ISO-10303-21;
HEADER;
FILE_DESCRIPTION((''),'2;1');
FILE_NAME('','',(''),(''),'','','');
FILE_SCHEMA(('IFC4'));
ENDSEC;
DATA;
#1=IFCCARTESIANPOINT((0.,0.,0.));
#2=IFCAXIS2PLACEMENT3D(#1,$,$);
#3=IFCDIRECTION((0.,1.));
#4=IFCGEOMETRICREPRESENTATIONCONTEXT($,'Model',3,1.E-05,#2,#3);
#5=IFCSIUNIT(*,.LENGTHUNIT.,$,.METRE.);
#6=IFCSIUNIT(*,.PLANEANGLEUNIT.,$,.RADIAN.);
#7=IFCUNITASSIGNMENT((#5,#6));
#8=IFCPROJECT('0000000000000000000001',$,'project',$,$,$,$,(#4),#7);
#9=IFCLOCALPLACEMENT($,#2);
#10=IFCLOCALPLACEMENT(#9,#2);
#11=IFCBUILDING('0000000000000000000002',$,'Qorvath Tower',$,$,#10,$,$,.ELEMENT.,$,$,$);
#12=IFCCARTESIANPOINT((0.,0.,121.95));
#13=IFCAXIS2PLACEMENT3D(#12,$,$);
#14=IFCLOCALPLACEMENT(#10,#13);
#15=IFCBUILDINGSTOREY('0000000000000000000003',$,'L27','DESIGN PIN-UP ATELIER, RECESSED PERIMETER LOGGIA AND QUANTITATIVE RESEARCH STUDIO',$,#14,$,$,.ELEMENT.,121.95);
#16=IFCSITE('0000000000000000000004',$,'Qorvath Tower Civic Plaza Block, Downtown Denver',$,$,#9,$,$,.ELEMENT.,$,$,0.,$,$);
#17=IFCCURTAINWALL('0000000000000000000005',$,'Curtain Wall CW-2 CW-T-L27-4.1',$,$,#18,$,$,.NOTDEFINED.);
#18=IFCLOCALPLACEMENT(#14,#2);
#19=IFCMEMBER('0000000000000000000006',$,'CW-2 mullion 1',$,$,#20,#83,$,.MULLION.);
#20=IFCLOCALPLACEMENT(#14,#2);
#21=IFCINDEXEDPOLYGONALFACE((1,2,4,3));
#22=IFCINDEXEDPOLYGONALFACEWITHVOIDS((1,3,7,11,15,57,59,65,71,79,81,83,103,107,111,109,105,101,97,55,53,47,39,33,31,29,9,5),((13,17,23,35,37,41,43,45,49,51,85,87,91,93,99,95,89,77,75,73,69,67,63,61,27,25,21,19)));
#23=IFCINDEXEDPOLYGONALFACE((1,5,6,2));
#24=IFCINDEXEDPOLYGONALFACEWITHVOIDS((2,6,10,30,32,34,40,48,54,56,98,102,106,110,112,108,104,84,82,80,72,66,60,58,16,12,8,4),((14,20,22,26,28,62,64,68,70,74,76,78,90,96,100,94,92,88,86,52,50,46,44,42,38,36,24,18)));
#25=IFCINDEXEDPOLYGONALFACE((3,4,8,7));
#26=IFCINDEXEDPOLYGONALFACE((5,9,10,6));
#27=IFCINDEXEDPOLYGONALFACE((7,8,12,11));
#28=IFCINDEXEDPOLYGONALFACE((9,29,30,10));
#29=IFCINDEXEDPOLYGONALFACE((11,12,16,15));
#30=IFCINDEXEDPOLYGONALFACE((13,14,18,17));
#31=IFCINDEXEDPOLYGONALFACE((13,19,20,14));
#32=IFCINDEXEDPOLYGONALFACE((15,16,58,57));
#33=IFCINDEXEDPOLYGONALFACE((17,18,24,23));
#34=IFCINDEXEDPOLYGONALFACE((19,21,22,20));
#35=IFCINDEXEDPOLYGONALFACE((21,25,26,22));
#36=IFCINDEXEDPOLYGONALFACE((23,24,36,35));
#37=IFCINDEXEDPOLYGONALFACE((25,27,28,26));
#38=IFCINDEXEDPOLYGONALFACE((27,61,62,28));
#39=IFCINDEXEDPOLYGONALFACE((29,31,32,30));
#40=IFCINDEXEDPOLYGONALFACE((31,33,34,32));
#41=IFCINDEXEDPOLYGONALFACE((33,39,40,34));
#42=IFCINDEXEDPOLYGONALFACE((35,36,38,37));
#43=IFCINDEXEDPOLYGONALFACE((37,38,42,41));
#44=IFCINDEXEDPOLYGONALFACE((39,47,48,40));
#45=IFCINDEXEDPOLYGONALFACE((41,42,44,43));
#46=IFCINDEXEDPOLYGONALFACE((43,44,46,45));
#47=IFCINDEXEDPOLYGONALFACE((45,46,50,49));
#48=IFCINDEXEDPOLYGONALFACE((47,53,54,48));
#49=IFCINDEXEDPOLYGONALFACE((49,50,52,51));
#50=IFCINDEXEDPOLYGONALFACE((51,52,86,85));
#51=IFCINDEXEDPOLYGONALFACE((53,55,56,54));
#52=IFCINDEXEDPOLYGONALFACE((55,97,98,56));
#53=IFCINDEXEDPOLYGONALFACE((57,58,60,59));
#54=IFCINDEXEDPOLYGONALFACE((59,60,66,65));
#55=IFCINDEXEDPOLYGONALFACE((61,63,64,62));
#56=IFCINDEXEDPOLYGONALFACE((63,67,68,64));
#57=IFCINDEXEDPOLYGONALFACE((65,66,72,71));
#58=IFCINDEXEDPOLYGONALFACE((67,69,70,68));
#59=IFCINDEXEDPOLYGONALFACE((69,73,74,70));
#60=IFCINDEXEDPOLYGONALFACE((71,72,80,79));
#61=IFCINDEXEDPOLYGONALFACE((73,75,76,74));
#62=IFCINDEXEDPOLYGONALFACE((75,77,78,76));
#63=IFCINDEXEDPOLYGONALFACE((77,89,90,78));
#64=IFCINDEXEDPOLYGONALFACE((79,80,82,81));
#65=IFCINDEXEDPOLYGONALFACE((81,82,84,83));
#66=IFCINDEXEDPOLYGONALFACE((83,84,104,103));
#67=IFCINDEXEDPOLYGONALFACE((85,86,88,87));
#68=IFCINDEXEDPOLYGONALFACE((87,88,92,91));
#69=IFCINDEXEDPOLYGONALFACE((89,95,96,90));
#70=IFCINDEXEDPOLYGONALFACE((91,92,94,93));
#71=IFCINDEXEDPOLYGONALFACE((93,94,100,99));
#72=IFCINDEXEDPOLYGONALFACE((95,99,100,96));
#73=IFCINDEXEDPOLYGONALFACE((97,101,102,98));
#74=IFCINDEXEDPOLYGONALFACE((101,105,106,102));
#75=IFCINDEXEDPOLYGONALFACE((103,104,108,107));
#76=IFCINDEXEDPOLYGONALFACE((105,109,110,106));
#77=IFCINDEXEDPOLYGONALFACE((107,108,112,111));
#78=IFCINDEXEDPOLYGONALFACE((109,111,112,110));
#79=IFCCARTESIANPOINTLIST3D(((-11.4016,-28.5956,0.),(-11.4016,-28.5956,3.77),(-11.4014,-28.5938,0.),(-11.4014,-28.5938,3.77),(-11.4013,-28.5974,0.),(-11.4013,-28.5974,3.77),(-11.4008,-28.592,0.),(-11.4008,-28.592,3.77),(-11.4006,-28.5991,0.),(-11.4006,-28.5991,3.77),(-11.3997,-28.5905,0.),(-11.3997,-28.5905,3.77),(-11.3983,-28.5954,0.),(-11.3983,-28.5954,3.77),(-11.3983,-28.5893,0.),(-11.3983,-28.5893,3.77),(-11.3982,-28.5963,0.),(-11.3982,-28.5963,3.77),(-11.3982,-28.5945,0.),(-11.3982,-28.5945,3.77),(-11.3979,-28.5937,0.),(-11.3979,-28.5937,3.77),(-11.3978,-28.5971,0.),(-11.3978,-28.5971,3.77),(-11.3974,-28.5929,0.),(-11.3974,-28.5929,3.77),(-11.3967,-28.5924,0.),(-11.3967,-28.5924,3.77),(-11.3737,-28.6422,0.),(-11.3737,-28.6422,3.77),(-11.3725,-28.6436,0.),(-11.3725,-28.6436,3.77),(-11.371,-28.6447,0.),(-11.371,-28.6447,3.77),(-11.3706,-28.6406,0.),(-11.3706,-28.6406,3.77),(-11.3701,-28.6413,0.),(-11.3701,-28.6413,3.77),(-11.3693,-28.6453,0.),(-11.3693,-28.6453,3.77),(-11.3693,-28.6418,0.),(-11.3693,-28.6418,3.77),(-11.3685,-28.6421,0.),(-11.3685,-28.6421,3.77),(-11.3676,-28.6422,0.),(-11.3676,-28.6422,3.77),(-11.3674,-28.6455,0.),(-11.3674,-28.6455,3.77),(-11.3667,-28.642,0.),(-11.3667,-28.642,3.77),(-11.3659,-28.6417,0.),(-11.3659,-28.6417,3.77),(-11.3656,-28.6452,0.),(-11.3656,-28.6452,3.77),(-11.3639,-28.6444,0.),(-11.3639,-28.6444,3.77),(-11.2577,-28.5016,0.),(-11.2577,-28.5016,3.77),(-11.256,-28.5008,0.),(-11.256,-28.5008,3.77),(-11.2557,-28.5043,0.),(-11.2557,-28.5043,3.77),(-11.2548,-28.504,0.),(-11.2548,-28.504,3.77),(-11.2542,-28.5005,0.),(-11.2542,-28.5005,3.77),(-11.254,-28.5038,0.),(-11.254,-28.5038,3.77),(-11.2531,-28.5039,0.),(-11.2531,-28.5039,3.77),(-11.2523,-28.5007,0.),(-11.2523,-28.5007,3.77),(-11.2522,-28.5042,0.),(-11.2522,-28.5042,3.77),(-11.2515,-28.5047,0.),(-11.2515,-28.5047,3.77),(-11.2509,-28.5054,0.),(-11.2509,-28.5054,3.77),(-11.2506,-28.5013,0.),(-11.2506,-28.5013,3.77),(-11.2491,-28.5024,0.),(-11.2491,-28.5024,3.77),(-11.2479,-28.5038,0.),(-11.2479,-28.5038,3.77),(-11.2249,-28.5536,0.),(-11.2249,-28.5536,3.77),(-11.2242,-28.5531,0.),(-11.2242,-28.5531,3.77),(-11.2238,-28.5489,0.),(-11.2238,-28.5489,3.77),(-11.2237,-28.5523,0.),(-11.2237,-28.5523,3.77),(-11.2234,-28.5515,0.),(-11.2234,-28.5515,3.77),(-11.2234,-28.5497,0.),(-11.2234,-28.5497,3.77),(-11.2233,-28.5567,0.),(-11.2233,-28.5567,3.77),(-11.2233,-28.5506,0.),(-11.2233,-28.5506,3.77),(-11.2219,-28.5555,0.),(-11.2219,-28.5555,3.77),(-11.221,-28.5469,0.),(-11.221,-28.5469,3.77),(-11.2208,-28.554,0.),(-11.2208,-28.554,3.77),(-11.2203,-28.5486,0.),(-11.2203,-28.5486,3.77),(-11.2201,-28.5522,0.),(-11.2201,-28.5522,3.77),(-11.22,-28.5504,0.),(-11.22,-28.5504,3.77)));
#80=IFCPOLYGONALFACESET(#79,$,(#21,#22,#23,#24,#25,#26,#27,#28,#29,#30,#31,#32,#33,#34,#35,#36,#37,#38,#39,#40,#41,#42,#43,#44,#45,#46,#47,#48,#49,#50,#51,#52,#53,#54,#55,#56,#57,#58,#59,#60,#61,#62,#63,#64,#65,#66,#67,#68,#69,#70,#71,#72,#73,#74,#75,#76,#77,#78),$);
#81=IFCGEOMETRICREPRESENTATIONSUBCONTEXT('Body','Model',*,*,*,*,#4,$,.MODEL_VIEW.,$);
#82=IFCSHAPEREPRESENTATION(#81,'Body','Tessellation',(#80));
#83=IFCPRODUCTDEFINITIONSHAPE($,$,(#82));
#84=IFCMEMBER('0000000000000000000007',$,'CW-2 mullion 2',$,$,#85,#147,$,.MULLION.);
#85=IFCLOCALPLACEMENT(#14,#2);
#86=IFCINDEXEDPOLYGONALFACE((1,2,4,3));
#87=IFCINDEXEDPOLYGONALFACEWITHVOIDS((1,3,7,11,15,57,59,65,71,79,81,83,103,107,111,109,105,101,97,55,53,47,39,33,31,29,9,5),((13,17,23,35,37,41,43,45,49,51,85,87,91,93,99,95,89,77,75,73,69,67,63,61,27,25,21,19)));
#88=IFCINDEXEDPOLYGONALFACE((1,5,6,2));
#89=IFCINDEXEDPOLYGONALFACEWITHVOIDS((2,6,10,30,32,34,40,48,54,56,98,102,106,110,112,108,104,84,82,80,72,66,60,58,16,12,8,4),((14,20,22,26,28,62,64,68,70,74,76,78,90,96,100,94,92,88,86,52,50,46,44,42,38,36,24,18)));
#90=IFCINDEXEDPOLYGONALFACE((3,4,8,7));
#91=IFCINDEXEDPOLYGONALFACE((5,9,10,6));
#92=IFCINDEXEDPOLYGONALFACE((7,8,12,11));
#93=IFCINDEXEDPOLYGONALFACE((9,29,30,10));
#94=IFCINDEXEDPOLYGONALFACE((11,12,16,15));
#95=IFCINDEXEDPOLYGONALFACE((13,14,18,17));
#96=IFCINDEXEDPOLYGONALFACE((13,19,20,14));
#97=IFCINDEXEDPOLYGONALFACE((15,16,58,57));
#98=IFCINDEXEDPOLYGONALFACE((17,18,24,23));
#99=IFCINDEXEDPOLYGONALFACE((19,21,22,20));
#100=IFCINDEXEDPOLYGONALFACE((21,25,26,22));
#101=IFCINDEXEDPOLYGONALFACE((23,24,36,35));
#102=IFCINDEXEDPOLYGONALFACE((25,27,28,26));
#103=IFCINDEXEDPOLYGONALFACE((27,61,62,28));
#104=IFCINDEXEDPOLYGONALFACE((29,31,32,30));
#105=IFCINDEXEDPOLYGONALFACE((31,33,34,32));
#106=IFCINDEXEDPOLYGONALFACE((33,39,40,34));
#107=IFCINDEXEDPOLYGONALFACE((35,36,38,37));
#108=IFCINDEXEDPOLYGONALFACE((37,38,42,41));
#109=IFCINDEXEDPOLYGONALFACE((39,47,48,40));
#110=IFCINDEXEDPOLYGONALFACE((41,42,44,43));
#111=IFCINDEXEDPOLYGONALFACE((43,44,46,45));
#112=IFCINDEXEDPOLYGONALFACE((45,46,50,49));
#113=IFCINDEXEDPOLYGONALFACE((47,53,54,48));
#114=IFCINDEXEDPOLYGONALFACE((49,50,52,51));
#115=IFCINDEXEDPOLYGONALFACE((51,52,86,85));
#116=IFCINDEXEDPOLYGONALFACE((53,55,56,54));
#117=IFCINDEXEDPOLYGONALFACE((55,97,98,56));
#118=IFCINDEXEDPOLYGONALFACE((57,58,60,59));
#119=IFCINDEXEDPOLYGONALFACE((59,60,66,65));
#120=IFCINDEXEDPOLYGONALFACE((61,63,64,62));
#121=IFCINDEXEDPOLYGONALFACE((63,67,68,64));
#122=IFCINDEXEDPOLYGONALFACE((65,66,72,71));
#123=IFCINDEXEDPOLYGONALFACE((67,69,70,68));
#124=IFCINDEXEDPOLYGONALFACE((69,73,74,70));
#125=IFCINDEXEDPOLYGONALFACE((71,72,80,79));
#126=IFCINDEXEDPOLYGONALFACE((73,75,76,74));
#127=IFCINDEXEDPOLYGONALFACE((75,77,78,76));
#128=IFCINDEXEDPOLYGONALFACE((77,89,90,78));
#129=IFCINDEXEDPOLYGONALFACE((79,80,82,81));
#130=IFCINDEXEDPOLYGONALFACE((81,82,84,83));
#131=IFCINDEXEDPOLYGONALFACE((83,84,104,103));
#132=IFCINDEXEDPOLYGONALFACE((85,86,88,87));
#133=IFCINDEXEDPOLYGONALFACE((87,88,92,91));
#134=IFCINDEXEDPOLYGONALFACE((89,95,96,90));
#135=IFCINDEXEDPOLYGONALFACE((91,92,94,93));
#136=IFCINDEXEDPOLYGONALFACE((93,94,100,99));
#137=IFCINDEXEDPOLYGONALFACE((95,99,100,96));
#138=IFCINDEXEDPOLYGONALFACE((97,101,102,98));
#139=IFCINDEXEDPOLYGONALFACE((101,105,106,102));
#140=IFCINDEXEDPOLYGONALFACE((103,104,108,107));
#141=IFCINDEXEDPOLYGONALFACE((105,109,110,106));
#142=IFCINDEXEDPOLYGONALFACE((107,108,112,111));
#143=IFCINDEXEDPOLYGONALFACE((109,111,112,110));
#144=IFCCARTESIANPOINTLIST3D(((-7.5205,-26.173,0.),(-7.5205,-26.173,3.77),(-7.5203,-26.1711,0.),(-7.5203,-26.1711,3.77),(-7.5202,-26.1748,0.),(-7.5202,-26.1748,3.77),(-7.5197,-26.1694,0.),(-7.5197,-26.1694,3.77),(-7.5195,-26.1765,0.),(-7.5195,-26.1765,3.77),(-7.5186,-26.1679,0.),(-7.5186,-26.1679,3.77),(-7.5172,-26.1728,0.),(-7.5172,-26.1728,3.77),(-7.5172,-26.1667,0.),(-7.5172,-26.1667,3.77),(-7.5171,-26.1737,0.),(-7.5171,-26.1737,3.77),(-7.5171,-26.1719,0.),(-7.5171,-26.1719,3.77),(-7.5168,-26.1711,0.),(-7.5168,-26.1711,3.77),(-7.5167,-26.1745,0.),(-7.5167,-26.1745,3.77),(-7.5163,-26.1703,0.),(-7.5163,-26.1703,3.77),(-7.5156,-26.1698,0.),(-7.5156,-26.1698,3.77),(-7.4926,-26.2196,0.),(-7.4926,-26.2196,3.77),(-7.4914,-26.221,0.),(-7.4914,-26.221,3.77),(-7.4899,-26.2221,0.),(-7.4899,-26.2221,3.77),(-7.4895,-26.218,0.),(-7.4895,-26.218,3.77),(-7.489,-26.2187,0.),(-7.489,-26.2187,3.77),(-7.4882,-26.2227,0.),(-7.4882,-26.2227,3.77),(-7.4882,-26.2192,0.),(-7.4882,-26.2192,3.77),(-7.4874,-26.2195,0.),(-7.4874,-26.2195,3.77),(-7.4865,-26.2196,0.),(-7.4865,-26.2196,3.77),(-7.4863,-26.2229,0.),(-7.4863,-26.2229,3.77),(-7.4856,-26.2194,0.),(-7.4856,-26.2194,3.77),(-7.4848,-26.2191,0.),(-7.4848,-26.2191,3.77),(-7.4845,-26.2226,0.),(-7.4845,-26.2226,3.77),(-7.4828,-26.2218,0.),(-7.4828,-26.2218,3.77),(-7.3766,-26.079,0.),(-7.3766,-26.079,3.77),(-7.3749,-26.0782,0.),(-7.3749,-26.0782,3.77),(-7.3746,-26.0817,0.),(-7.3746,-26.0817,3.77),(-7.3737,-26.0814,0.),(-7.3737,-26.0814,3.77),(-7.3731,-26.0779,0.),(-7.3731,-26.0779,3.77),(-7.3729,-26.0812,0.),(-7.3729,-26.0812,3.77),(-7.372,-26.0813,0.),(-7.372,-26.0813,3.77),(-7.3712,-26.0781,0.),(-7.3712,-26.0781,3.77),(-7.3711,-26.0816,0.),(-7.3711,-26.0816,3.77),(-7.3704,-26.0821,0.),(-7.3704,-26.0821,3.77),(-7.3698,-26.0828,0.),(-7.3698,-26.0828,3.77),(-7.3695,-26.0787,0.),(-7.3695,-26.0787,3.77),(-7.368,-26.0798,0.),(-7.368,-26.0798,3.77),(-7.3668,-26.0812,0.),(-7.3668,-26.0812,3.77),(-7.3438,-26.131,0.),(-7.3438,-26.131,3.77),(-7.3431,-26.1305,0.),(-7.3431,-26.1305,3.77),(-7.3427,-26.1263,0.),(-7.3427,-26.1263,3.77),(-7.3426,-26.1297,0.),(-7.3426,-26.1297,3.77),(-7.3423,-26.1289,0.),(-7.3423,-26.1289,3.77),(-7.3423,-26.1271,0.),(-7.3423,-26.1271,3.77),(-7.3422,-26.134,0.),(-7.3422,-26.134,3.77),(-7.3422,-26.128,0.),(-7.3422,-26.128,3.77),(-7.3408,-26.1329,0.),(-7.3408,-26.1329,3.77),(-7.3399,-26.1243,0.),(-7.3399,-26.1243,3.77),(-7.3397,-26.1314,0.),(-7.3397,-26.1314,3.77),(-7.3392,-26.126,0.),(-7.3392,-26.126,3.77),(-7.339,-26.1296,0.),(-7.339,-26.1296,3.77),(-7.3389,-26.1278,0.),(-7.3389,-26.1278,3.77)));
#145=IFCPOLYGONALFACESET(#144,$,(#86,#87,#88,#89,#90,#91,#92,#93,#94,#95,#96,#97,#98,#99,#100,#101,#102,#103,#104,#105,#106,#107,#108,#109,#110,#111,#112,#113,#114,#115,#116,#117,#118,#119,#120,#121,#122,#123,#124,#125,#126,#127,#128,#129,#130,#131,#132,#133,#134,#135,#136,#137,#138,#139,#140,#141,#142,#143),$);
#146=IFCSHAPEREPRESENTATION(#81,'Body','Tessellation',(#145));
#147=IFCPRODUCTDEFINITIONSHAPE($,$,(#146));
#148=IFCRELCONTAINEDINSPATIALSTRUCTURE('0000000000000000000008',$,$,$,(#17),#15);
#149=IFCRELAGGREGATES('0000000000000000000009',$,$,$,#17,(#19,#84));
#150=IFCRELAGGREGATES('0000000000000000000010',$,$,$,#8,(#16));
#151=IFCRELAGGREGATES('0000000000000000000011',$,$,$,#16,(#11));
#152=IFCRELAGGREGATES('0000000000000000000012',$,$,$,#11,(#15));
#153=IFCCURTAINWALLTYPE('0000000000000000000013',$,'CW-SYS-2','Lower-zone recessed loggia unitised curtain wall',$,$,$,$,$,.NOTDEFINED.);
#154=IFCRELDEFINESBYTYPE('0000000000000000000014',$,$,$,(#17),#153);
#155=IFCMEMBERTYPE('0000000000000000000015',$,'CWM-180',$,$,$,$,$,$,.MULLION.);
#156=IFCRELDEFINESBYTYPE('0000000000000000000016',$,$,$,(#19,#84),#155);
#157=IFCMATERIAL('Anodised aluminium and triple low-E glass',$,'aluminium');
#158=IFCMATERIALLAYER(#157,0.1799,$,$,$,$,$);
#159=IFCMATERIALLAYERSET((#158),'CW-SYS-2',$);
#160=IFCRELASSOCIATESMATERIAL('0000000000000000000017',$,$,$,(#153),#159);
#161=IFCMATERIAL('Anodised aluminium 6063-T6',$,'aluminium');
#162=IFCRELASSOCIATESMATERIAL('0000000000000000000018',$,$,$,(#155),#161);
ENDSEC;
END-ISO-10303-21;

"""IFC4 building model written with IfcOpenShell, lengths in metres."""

from ifc_helpers import new_model, si_unit, direction, frame, origin, origin_2d, place, context, subcontext, project, spatial, hollow_rectangle, extrude, material, layer, layer_set, material_profile, profile_set, type_object, element, aggregate, save


model = new_model("IFC4")

# Units and contexts
model_context = context("Model", 3, precision=1e-05, world=origin(), true_north=direction((0.0, 1.0)))
body_context = subcontext(model_context, "Body", "Model", "MODEL_VIEW")
ifc_project = project(units=[si_unit("LENGTHUNIT", "METRE"), si_unit("PLANEANGLEUNIT", "RADIAN")], contexts=[model_context])

# Site, building, storey
site_placement = place(None, origin())
site = spatial("IfcSite", under=ifc_project, at=site_placement, Name="Qorvath Tower Civic Plaza Block, Downtown Denver", CompositionType="ELEMENT", RefElevation=0.0)
building_placement = place(site_placement, origin())
building = spatial("IfcBuilding", under=site, at=building_placement, Name="Qorvath Tower", CompositionType="ELEMENT")
storey_placement = place(building_placement, frame((0.0, 0.0, 121.95)))
storey = spatial("IfcBuildingStorey", under=building, at=storey_placement, Name="L27", Description="DESIGN PIN-UP ATELIER, RECESSED PERIMETER LOGGIA AND QUANTITATIVE RESEARCH STUDIO", CompositionType="ELEMENT", Elevation=121.95)

# Shared definitions
ifc_material_1 = material(Name="Anodised aluminium and triple low-E glass", Category="aluminium")
ifc_layer_1 = layer(ifc_material_1, 0.1799)
ifc_layer_set_1 = layer_set([ifc_layer_1], Name="CW-SYS-2")
curtain_wall_type = type_object("IfcCurtainWallType", Name="CW-SYS-2", Description="Lower-zone recessed loggia unitised curtain wall", PredefinedType="NOTDEFINED", material=ifc_layer_set_1)
ifc_material_2 = material(Name="Anodised aluminium 6063-T6", Category="aluminium")
ifc_material_profile_1 = material_profile(ifc_material_2, hollow_rectangle(XDim=0.0649, YDim=0.1799, WallThickness=0.0034, InnerFilletRadius=0.0034, OuterFilletRadius=0.0071, at=origin_2d()), Name="CWM 180x65")
ifc_profile_set_1 = profile_set([ifc_material_profile_1], Name="Anodised aluminium 6063-T6")
member_type_1 = type_object("IfcMemberType", Name="CWM-180", PredefinedType="MULLION", material=ifc_profile_set_1)

# Curtain wall, members
curtain_wall_1_placement = place(storey_placement, origin())
curtain_wall_1 = element("IfcCurtainWall", 1, at=curtain_wall_1_placement, inside=storey, type_object=curtain_wall_type, Name="Curtain Wall CW-2 CW-T-L27-4.1", PredefinedType="NOTDEFINED")
member_1_placement = place(storey_placement, frame((-11.3108, -28.573, 0.0), z_axis=(0.0, 0.0, 1.0), x_axis=(-0.529503, 0.848308, 0.0)))
member_1 = element("IfcMember", 2, at=member_1_placement, type_object=member_type_1, Name="CW-2 mullion 1", PredefinedType="MULLION", context=body_context, shape_type="SweptSolid", body=[
    extrude(hollow_rectangle(XDim=0.0649, YDim=0.1799, WallThickness=0.0034, InnerFilletRadius=0.0034, OuterFilletRadius=0.0071, at=origin_2d()), origin(), (0.0, 0.0, 1.0), 3.77),
])
member_2_placement = place(storey_placement, frame((-7.4297, -26.1504, 0.0), z_axis=(0.0, 0.0, 1.0), x_axis=(-0.529503, 0.848308, 0.0)))
member_2 = element("IfcMember", 3, at=member_2_placement, type_object=member_type_1, Name="CW-2 mullion 2", PredefinedType="MULLION", context=body_context, shape_type="SweptSolid", body=[
    extrude(hollow_rectangle(XDim=0.0649, YDim=0.1799, WallThickness=0.0034, InnerFilletRadius=0.0034, OuterFilletRadius=0.0071, at=origin_2d()), origin(), (0.0, 0.0, 1.0), 3.77),
])

aggregate(curtain_wall_1, [member_1, member_2])

save(model, "model.ifc")
